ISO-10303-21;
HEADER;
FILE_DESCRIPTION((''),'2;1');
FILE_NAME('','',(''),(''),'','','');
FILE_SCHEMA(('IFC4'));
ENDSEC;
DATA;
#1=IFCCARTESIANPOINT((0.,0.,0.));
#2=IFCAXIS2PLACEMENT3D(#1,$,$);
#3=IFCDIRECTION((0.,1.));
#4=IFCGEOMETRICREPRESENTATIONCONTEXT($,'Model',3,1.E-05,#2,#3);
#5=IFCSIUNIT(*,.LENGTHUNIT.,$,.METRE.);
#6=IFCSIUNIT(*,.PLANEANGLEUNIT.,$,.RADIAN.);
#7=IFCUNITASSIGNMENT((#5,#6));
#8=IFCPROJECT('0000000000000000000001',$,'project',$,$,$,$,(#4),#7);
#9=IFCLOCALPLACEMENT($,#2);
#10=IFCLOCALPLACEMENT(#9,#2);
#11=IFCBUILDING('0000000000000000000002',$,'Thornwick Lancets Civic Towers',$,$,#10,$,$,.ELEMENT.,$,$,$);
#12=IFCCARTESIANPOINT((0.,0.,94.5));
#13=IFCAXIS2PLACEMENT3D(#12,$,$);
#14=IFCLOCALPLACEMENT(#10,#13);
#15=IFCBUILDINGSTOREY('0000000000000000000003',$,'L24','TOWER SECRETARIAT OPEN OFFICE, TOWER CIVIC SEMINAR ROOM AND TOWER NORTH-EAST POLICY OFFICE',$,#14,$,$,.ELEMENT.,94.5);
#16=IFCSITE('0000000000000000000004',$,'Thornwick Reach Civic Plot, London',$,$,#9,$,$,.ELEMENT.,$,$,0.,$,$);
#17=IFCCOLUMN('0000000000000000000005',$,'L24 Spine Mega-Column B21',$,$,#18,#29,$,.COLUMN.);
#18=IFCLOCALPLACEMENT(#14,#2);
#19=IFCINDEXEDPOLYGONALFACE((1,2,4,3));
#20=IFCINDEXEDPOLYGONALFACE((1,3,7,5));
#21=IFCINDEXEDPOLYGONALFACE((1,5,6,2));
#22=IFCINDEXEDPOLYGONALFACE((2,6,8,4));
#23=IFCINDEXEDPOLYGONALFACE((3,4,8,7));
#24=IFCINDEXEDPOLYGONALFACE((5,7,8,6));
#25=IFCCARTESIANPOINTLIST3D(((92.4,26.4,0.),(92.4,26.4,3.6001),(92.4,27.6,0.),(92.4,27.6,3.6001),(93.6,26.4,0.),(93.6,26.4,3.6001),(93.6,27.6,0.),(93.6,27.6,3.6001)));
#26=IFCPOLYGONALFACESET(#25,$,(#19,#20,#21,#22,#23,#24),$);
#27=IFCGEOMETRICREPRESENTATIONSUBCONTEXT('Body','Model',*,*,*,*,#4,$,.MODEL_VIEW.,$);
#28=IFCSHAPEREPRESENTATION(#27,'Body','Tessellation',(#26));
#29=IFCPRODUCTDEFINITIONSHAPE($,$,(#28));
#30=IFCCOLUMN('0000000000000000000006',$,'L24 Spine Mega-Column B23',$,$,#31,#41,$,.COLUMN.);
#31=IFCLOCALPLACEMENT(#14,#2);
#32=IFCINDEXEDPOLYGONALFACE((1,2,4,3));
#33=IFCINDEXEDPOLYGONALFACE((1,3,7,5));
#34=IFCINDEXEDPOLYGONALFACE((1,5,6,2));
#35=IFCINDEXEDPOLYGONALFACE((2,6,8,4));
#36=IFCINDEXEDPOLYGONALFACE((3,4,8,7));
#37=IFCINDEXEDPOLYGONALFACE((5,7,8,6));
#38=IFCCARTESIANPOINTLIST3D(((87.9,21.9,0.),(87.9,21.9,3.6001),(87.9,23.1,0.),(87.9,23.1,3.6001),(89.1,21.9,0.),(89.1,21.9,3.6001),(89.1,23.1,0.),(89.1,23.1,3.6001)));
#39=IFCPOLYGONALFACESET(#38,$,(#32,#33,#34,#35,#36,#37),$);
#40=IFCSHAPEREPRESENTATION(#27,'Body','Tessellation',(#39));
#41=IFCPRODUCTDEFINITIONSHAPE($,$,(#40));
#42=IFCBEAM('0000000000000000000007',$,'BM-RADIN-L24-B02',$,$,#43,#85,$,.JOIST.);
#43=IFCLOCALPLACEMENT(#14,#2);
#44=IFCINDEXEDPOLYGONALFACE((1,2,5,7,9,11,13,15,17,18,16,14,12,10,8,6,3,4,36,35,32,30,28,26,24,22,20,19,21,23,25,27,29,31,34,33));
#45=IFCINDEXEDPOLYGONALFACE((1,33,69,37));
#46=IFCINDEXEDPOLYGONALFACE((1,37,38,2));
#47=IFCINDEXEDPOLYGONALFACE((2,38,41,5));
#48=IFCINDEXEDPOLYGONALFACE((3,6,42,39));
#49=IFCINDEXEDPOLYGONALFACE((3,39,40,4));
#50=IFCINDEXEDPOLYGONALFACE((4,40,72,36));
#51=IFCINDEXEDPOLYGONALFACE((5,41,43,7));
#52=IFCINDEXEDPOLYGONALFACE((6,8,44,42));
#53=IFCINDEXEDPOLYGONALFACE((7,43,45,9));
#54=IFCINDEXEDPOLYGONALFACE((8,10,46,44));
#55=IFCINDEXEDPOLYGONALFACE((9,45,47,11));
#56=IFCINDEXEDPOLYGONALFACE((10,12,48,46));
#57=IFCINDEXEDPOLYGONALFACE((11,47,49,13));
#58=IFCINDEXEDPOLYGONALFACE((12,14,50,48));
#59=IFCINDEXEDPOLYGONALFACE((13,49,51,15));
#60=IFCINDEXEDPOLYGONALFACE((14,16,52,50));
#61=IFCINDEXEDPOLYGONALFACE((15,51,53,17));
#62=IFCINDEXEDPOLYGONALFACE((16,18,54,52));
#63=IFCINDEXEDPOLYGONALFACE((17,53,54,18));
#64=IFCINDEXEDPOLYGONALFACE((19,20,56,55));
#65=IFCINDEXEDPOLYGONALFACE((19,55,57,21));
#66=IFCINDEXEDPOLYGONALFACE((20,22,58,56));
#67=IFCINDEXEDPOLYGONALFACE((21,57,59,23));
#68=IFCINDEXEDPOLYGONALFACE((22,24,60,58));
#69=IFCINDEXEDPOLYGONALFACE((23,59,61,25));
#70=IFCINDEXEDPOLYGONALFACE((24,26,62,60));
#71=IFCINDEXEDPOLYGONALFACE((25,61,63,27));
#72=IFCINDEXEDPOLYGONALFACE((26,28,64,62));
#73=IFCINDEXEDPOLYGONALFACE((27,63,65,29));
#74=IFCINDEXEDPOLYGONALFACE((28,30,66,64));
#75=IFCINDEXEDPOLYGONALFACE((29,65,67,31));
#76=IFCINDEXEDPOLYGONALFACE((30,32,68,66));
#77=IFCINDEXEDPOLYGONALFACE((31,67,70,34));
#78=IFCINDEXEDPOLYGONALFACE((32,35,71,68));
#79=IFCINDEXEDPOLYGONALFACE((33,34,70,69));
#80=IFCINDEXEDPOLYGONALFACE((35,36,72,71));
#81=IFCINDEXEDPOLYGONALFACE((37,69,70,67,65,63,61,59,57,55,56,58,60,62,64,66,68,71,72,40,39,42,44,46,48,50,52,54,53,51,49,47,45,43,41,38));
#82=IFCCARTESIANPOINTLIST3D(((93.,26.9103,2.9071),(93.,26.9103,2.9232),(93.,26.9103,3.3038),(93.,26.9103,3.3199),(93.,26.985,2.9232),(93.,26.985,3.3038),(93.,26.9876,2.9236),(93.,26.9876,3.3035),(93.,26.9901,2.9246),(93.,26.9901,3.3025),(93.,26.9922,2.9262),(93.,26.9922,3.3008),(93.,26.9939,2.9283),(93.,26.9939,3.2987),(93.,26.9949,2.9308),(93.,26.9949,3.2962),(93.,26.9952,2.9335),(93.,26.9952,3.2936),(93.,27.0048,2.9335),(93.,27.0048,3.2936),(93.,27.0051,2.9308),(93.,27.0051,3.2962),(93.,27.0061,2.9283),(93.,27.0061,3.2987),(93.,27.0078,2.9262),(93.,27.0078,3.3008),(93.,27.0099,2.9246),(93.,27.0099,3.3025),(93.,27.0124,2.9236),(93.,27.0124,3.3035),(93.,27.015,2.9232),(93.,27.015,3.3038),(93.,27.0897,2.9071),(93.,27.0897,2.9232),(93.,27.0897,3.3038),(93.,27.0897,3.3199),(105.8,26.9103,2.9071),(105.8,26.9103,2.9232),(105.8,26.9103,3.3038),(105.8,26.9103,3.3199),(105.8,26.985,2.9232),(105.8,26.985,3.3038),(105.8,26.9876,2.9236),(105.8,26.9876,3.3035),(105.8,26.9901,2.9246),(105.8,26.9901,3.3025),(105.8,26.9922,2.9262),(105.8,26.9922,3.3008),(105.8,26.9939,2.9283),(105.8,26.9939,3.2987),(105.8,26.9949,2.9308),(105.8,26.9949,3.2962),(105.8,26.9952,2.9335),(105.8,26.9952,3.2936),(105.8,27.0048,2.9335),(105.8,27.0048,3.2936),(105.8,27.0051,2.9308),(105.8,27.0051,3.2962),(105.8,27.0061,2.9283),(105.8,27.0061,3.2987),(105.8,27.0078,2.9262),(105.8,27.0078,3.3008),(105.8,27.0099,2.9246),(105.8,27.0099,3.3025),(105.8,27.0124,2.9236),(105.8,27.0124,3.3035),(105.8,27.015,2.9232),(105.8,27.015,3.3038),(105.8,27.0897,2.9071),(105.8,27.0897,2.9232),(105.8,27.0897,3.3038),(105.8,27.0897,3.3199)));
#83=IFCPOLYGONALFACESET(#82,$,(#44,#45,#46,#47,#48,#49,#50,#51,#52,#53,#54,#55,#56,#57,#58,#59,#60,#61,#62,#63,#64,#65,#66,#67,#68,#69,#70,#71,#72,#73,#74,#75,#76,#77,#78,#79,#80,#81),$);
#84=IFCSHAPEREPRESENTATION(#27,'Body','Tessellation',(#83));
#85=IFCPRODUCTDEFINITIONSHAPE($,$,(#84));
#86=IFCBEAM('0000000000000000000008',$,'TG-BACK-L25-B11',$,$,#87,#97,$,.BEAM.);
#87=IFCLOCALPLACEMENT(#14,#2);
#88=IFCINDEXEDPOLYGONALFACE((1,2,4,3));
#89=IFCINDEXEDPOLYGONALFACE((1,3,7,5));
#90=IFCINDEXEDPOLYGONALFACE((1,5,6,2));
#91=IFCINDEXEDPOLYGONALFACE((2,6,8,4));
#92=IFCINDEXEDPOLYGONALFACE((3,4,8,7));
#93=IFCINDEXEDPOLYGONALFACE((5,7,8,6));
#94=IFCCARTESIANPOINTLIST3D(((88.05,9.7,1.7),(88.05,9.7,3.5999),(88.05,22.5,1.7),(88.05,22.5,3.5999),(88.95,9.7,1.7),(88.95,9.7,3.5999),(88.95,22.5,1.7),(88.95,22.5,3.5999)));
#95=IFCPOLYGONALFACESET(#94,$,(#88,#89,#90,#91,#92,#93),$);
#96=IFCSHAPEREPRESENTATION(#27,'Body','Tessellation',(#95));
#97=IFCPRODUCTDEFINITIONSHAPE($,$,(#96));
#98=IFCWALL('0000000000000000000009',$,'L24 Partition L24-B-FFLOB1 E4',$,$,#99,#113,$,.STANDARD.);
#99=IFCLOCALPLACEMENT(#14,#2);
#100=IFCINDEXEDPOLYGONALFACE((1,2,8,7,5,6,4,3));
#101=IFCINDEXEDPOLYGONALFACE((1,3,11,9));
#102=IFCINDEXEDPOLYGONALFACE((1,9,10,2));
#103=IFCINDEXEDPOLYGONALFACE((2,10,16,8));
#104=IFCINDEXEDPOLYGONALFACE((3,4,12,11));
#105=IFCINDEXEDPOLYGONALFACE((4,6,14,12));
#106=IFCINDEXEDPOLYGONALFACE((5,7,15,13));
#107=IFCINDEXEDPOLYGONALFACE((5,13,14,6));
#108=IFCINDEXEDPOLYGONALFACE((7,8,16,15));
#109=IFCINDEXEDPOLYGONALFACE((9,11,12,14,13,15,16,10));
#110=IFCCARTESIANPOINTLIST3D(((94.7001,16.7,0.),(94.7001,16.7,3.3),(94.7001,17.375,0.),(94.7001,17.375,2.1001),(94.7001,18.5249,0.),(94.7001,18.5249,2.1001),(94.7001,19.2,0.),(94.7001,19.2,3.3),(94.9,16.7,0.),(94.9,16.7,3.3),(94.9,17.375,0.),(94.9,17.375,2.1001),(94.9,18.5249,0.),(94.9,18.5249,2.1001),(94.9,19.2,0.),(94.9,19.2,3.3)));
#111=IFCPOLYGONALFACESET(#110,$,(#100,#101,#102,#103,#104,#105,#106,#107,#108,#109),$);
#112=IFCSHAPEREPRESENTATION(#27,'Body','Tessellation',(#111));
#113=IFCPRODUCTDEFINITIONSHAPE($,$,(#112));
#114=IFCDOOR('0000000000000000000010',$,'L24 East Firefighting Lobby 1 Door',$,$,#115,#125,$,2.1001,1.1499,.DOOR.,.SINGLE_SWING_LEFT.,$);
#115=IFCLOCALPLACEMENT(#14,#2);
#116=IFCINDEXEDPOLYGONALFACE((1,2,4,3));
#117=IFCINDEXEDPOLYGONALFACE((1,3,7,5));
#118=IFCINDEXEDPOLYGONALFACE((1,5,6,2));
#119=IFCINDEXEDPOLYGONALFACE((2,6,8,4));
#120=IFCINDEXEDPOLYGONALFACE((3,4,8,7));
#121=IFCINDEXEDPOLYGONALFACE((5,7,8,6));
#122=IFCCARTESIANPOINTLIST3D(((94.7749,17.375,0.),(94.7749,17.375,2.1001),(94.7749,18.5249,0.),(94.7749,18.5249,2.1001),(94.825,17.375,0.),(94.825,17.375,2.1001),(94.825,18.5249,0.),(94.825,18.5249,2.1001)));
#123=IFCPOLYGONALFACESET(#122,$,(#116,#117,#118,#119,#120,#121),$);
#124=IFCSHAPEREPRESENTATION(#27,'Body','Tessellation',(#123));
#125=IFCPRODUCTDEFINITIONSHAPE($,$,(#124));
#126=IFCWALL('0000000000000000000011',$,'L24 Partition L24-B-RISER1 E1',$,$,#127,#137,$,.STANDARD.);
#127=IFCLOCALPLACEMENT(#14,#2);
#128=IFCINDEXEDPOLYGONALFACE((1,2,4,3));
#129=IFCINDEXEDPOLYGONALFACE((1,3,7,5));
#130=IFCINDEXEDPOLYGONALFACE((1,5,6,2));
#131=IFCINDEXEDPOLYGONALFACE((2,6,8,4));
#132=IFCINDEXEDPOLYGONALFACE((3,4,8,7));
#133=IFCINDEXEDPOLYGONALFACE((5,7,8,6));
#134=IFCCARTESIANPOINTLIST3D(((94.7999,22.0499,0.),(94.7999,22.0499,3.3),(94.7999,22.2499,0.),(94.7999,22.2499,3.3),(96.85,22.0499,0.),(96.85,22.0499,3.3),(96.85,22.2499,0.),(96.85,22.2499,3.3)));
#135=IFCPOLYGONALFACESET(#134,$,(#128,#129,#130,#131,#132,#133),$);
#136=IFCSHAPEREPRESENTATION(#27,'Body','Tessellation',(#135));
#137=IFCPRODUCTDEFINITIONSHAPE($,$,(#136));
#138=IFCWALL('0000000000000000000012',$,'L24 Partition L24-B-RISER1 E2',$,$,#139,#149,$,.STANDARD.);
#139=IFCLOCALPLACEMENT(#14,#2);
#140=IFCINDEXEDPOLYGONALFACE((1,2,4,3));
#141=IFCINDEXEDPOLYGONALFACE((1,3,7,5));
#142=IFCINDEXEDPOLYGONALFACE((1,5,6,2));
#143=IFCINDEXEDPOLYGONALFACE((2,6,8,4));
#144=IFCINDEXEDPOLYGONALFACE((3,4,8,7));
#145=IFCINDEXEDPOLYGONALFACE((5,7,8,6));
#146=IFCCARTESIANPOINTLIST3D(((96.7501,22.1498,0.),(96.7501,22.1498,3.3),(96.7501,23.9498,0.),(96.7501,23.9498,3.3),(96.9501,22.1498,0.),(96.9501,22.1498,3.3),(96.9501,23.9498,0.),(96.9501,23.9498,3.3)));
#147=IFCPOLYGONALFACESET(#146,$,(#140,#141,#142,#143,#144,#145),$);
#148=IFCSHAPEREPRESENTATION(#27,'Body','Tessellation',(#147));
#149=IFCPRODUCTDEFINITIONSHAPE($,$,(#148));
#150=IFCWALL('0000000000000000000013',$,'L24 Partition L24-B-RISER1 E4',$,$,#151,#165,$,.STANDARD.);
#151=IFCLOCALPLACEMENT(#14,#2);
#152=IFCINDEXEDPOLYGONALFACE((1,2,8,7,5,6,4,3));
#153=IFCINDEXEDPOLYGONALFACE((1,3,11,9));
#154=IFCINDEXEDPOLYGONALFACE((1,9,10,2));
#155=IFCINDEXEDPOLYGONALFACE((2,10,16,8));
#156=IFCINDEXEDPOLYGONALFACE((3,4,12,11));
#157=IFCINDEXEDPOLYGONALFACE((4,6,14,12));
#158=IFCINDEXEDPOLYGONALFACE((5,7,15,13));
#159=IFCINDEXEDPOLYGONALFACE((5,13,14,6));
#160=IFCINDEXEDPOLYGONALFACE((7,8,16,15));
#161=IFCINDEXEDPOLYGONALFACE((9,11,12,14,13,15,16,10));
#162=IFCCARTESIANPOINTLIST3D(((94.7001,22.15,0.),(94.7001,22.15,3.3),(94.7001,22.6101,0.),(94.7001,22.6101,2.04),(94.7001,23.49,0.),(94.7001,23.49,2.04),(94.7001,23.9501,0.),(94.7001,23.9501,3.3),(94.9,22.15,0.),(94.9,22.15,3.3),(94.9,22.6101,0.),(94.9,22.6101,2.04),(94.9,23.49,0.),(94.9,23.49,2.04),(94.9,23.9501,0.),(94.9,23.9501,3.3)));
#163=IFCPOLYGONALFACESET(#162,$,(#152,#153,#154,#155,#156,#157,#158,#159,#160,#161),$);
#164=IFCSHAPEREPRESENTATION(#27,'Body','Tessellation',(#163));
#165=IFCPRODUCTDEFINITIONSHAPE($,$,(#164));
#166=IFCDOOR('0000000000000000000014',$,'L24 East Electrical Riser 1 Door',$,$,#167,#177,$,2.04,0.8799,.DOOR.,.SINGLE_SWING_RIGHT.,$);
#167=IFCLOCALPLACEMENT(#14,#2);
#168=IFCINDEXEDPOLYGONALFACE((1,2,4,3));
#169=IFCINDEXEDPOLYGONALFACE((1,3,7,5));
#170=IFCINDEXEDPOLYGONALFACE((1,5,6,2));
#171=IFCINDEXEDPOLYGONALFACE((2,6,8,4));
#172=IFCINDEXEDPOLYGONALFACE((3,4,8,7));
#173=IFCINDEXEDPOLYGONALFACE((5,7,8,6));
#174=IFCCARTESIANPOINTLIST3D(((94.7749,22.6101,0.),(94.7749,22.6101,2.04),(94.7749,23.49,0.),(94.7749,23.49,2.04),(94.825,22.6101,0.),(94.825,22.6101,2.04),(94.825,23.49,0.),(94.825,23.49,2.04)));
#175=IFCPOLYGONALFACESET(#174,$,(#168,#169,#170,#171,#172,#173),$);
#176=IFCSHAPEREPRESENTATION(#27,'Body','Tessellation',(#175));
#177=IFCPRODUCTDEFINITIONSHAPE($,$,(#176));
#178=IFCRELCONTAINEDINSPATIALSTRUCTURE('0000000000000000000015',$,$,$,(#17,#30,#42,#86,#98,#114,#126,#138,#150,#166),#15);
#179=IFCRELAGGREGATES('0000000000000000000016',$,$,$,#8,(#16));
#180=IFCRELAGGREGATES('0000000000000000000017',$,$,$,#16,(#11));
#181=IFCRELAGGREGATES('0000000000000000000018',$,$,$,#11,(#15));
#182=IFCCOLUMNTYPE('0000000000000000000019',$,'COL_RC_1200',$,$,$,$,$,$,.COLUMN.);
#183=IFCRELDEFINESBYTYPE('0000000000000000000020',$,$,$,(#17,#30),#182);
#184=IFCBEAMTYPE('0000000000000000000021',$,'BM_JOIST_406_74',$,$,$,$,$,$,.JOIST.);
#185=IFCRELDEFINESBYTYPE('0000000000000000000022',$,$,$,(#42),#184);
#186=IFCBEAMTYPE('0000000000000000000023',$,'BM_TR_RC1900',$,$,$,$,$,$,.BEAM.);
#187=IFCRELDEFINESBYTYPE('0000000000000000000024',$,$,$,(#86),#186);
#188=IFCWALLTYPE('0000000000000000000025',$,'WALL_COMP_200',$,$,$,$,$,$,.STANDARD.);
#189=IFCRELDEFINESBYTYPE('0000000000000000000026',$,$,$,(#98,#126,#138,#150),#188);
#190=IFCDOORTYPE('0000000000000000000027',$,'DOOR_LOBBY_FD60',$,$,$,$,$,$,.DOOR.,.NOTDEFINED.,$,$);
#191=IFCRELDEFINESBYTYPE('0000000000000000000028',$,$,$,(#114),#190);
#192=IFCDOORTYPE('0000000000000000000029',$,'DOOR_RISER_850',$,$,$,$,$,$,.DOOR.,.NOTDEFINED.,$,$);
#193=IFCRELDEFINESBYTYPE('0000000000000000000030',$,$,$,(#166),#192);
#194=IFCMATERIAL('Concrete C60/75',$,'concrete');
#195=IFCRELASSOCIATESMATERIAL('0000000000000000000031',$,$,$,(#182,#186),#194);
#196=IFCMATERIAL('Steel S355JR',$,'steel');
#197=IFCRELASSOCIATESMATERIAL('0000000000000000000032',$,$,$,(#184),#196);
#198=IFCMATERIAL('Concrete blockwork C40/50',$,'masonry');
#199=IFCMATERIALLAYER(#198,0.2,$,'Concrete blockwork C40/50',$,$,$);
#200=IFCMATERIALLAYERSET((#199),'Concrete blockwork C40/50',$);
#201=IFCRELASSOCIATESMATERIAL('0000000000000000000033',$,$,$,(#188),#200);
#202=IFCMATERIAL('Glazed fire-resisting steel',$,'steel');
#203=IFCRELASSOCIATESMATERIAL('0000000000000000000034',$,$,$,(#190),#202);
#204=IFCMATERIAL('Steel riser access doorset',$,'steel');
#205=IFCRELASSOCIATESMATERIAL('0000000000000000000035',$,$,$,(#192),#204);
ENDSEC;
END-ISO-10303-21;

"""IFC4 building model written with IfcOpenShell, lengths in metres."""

from ifc_helpers import new_model, si_unit, direction, frame, frame_2d, origin, origin_2d, place, context, subcontext, project, spatial, rectangle, i_section, extrude, material, layer, layer_set, material_profile, profile_set, type_object, element, fill, save


model = new_model("IFC4")

# Units and contexts
model_context = context("Model", 3, precision=1e-05, world=origin(), true_north=direction((0.0, 1.0)))
body_context = subcontext(model_context, "Body", "Model", "MODEL_VIEW")
ifc_project = project(units=[si_unit("LENGTHUNIT", "METRE"), si_unit("PLANEANGLEUNIT", "RADIAN")], contexts=[model_context])

# Site, building, storey
site_placement = place(None, origin())
site = spatial("IfcSite", under=ifc_project, at=site_placement, Name="Thornwick Reach Civic Plot, London", CompositionType="ELEMENT", RefElevation=0.0)
building_placement = place(site_placement, origin())
building = spatial("IfcBuilding", under=site, at=building_placement, Name="Thornwick Lancets Civic Towers", CompositionType="ELEMENT")
storey_placement = place(building_placement, frame((0.0, 0.0, 94.5)))
storey = spatial("IfcBuildingStorey", under=building, at=storey_placement, Name="L24", Description="TOWER SECRETARIAT OPEN OFFICE, TOWER CIVIC SEMINAR ROOM AND TOWER NORTH-EAST POLICY OFFICE", CompositionType="ELEMENT", Elevation=94.5)

# Columns
ifc_material_1 = material(Name="Concrete C60/75", Category="concrete")
ifc_material_profile_1 = material_profile(ifc_material_1, rectangle(XDim=1.2, YDim=1.2, at=origin_2d()), Name="RC 1200x1200")
ifc_profile_set_1 = profile_set([ifc_material_profile_1], Name="Concrete C60/75")
column_type = type_object("IfcColumnType", Name="COL_RC_1200", PredefinedType="COLUMN", material=ifc_profile_set_1)
for number, where, z_axis, x_axis, name in (
    (1, (93.0, 27.0, 0.0), (0.0, 0.0, 1.0), (1.0, 0.0, 0.0), "L24 Spine Mega-Column B21"),
    (2, (88.5, 22.5, 0.0), (0.0, 0.0, 1.0), (1.0, 0.0, 0.0), "L24 Spine Mega-Column B23"),
):
    element("IfcColumn", number, at=place(storey_placement, frame(where, z_axis=z_axis, x_axis=x_axis)), inside=storey, type_object=column_type, Name=name, PredefinedType="COLUMN", context=body_context, shape_type="SweptSolid", body=[
        extrude(rectangle(XDim=1.2, YDim=1.2, at=origin_2d()), origin(), (0.0, 0.0, 1.0), 3.6001),
    ])

# Beams
ifc_material_2 = material(Name="Steel S355JR", Category="steel")
ifc_material_profile_2 = material_profile(ifc_material_2, i_section(OverallWidth=0.1794, OverallDepth=0.4128, WebThickness=0.0095, FlangeThickness=0.0161, FilletRadius=0.0103, at=origin_2d()), Name="UKB 406x178x74")
ifc_profile_set_2 = profile_set([ifc_material_profile_2], Name="Steel S355JR")
beam_type_1 = type_object("IfcBeamType", Name="BM_JOIST_406_74", PredefinedType="JOIST", material=ifc_profile_set_2)
beam_1_placement = place(storey_placement, frame((93.0, 27.0, 3.1135), z_axis=(1.0, 0.0, 0.0), x_axis=(0.0, 1.0, 0.0)))
element("IfcBeam", 3, at=beam_1_placement, inside=storey, type_object=beam_type_1, Name="BM-RADIN-L24-B02", PredefinedType="JOIST", context=body_context, shape_type="SweptSolid", body=[
    extrude(i_section(OverallWidth=0.1794, OverallDepth=0.4128, WebThickness=0.0095, FlangeThickness=0.0161, FilletRadius=0.0103, at=origin_2d()), origin(), (0.0, 0.0, 1.0), 12.8),
])
ifc_material_profile_3 = material_profile(ifc_material_1, rectangle(XDim=0.8999, YDim=1.8999, at=origin_2d()), Name="RC 900x1900")
ifc_profile_set_3 = profile_set([ifc_material_profile_3], Name="Concrete C60/75")
beam_type_2 = type_object("IfcBeamType", Name="BM_TR_RC1900", PredefinedType="BEAM", material=ifc_profile_set_3)
beam_2_placement = place(storey_placement, frame((88.5, 22.5, 2.6499), z_axis=(0.0, -1.0, 0.0), x_axis=(1.0, 0.0, 0.0)))
element("IfcBeam", 4, at=beam_2_placement, inside=storey, type_object=beam_type_2, Name="TG-BACK-L25-B11", PredefinedType="BEAM", context=body_context, shape_type="SweptSolid", body=[
    extrude(rectangle(XDim=0.8999, YDim=1.8999, at=origin_2d()), origin(), (0.0, 0.0, 1.0), 12.8),
])

# Wall, opening, door
ifc_material_3 = material(Name="Concrete blockwork C40/50", Category="masonry")
ifc_layer_1 = layer(ifc_material_3, 0.2, Name="Concrete blockwork C40/50")
ifc_layer_set_1 = layer_set([ifc_layer_1], Name="Concrete blockwork C40/50")
wall_type_1 = type_object("IfcWallType", Name="WALL_COMP_200", PredefinedType="STANDARD", material=ifc_layer_set_1)
wall_1_placement = place(storey_placement, frame((94.8, 19.2, 0.0), z_axis=(0.0, 0.0, 1.0), x_axis=(0.0, -1.0, 0.0)))
wall_1 = element("IfcWall", 5, at=wall_1_placement, inside=storey, type_object=wall_type_1, Name="L24 Partition L24-B-FFLOB1 E4", PredefinedType="STANDARD", context=body_context, shape_type="SweptSolid", body=[
    extrude(rectangle(XDim=2.5, YDim=0.2, at=frame_2d((1.25, 0.0))), origin(), (0.0, 0.0, 1.0), 3.3),
])
opening_1_placement = place(wall_1_placement, frame((0.675, 0.0, 0.0)))
opening_1 = element("IfcOpeningElement", 6, at=opening_1_placement, cuts=wall_1, PredefinedType="OPENING", context=body_context, shape_type="SweptSolid", body=[
    extrude(rectangle(XDim=1.1499, YDim=2.1001, at=frame_2d((0.575, 1.05))), frame((0.0, 0.1099, 0.0), z_axis=(0.0, -1.0, 0.0), x_axis=(1.0, 0.0, 0.0)), (0.0, 0.0, 1.0), 0.22),
])
ifc_material_4 = material(Name="Glazed fire-resisting steel", Category="steel")
door_type_1 = type_object("IfcDoorType", Name="DOOR_LOBBY_FD60", OperationType="NOTDEFINED", PredefinedType="DOOR", material=ifc_material_4)
door_1_placement = place(opening_1_placement, origin())
door_1 = element("IfcDoor", 7, at=door_1_placement, inside=storey, type_object=door_type_1, Name="L24 East Firefighting Lobby 1 Door", OperationType="SINGLE_SWING_LEFT", OverallHeight=2.1001, OverallWidth=1.1499, PredefinedType="DOOR", context=body_context, shape_type="SweptSolid", body=[
    extrude(rectangle(XDim=1.1499, YDim=2.1001, at=frame_2d((0.575, 1.05))), frame((0.0, 0.0249, 0.0), z_axis=(0.0, -1.0, 0.0), x_axis=(1.0, 0.0, 0.0)), (0.0, 0.0, 1.0), 0.05),
])
fill(opening_1, door_1)

# Walls
wall_2_placement = place(storey_placement, frame((94.8, 22.1499, 0.0), z_axis=(0.0, 0.0, 1.0), x_axis=(1.0, 0.0, 0.0)))
element("IfcWall", 8, at=wall_2_placement, inside=storey, type_object=wall_type_1, Name="L24 Partition L24-B-RISER1 E1", PredefinedType="STANDARD", context=body_context, shape_type="SweptSolid", body=[
    extrude(rectangle(XDim=2.05, YDim=0.2, at=frame_2d((1.0249, 0.0))), origin(), (0.0, 0.0, 1.0), 3.3),
])
wall_3_placement = place(storey_placement, frame((96.8501, 22.1499, 0.0), z_axis=(0.0, 0.0, 1.0), x_axis=(0.0, 1.0, 0.0)))
element("IfcWall", 9, at=wall_3_placement, inside=storey, type_object=wall_type_1, Name="L24 Partition L24-B-RISER1 E2", PredefinedType="STANDARD", context=body_context, shape_type="SweptSolid", body=[
    extrude(rectangle(XDim=1.8, YDim=0.2, at=frame_2d((0.8999, 0.0))), origin(), (0.0, 0.0, 1.0), 3.3),
])

# Wall, opening, door
wall_4_placement = place(storey_placement, frame((94.8, 23.95, 0.0), z_axis=(0.0, 0.0, 1.0), x_axis=(0.0, -1.0, 0.0)))
wall_4 = element("IfcWall", 10, at=wall_4_placement, inside=storey, type_object=wall_type_1, Name="L24 Partition L24-B-RISER1 E4", PredefinedType="STANDARD", context=body_context, shape_type="SweptSolid", body=[
    extrude(rectangle(XDim=1.8, YDim=0.2, at=frame_2d((0.8999, 0.0))), origin(), (0.0, 0.0, 1.0), 3.3),
])
opening_2_placement = place(wall_4_placement, frame((0.46, 0.0, 0.0)))
opening_2 = element("IfcOpeningElement", 11, at=opening_2_placement, cuts=wall_4, PredefinedType="OPENING", context=body_context, shape_type="SweptSolid", body=[
    extrude(rectangle(XDim=0.8799, YDim=2.04, at=frame_2d((0.4399, 1.02))), frame((0.0, 0.1099, 0.0), z_axis=(0.0, -1.0, 0.0), x_axis=(1.0, 0.0, 0.0)), (0.0, 0.0, 1.0), 0.22),
])
ifc_material_5 = material(Name="Steel riser access doorset", Category="steel")
door_type_2 = type_object("IfcDoorType", Name="DOOR_RISER_850", OperationType="NOTDEFINED", PredefinedType="DOOR", material=ifc_material_5)
door_2_placement = place(opening_2_placement, origin())
door_2 = element("IfcDoor", 12, at=door_2_placement, inside=storey, type_object=door_type_2, Name="L24 East Electrical Riser 1 Door", OperationType="SINGLE_SWING_RIGHT", OverallHeight=2.04, OverallWidth=0.8799, PredefinedType="DOOR", context=body_context, shape_type="SweptSolid", body=[
    extrude(rectangle(XDim=0.8799, YDim=2.04, at=frame_2d((0.4399, 1.02))), frame((0.0, 0.0249, 0.0), z_axis=(0.0, -1.0, 0.0), x_axis=(1.0, 0.0, 0.0)), (0.0, 0.0, 1.0), 0.05),
])
fill(opening_2, door_2)

save(model, "model.ifc")
